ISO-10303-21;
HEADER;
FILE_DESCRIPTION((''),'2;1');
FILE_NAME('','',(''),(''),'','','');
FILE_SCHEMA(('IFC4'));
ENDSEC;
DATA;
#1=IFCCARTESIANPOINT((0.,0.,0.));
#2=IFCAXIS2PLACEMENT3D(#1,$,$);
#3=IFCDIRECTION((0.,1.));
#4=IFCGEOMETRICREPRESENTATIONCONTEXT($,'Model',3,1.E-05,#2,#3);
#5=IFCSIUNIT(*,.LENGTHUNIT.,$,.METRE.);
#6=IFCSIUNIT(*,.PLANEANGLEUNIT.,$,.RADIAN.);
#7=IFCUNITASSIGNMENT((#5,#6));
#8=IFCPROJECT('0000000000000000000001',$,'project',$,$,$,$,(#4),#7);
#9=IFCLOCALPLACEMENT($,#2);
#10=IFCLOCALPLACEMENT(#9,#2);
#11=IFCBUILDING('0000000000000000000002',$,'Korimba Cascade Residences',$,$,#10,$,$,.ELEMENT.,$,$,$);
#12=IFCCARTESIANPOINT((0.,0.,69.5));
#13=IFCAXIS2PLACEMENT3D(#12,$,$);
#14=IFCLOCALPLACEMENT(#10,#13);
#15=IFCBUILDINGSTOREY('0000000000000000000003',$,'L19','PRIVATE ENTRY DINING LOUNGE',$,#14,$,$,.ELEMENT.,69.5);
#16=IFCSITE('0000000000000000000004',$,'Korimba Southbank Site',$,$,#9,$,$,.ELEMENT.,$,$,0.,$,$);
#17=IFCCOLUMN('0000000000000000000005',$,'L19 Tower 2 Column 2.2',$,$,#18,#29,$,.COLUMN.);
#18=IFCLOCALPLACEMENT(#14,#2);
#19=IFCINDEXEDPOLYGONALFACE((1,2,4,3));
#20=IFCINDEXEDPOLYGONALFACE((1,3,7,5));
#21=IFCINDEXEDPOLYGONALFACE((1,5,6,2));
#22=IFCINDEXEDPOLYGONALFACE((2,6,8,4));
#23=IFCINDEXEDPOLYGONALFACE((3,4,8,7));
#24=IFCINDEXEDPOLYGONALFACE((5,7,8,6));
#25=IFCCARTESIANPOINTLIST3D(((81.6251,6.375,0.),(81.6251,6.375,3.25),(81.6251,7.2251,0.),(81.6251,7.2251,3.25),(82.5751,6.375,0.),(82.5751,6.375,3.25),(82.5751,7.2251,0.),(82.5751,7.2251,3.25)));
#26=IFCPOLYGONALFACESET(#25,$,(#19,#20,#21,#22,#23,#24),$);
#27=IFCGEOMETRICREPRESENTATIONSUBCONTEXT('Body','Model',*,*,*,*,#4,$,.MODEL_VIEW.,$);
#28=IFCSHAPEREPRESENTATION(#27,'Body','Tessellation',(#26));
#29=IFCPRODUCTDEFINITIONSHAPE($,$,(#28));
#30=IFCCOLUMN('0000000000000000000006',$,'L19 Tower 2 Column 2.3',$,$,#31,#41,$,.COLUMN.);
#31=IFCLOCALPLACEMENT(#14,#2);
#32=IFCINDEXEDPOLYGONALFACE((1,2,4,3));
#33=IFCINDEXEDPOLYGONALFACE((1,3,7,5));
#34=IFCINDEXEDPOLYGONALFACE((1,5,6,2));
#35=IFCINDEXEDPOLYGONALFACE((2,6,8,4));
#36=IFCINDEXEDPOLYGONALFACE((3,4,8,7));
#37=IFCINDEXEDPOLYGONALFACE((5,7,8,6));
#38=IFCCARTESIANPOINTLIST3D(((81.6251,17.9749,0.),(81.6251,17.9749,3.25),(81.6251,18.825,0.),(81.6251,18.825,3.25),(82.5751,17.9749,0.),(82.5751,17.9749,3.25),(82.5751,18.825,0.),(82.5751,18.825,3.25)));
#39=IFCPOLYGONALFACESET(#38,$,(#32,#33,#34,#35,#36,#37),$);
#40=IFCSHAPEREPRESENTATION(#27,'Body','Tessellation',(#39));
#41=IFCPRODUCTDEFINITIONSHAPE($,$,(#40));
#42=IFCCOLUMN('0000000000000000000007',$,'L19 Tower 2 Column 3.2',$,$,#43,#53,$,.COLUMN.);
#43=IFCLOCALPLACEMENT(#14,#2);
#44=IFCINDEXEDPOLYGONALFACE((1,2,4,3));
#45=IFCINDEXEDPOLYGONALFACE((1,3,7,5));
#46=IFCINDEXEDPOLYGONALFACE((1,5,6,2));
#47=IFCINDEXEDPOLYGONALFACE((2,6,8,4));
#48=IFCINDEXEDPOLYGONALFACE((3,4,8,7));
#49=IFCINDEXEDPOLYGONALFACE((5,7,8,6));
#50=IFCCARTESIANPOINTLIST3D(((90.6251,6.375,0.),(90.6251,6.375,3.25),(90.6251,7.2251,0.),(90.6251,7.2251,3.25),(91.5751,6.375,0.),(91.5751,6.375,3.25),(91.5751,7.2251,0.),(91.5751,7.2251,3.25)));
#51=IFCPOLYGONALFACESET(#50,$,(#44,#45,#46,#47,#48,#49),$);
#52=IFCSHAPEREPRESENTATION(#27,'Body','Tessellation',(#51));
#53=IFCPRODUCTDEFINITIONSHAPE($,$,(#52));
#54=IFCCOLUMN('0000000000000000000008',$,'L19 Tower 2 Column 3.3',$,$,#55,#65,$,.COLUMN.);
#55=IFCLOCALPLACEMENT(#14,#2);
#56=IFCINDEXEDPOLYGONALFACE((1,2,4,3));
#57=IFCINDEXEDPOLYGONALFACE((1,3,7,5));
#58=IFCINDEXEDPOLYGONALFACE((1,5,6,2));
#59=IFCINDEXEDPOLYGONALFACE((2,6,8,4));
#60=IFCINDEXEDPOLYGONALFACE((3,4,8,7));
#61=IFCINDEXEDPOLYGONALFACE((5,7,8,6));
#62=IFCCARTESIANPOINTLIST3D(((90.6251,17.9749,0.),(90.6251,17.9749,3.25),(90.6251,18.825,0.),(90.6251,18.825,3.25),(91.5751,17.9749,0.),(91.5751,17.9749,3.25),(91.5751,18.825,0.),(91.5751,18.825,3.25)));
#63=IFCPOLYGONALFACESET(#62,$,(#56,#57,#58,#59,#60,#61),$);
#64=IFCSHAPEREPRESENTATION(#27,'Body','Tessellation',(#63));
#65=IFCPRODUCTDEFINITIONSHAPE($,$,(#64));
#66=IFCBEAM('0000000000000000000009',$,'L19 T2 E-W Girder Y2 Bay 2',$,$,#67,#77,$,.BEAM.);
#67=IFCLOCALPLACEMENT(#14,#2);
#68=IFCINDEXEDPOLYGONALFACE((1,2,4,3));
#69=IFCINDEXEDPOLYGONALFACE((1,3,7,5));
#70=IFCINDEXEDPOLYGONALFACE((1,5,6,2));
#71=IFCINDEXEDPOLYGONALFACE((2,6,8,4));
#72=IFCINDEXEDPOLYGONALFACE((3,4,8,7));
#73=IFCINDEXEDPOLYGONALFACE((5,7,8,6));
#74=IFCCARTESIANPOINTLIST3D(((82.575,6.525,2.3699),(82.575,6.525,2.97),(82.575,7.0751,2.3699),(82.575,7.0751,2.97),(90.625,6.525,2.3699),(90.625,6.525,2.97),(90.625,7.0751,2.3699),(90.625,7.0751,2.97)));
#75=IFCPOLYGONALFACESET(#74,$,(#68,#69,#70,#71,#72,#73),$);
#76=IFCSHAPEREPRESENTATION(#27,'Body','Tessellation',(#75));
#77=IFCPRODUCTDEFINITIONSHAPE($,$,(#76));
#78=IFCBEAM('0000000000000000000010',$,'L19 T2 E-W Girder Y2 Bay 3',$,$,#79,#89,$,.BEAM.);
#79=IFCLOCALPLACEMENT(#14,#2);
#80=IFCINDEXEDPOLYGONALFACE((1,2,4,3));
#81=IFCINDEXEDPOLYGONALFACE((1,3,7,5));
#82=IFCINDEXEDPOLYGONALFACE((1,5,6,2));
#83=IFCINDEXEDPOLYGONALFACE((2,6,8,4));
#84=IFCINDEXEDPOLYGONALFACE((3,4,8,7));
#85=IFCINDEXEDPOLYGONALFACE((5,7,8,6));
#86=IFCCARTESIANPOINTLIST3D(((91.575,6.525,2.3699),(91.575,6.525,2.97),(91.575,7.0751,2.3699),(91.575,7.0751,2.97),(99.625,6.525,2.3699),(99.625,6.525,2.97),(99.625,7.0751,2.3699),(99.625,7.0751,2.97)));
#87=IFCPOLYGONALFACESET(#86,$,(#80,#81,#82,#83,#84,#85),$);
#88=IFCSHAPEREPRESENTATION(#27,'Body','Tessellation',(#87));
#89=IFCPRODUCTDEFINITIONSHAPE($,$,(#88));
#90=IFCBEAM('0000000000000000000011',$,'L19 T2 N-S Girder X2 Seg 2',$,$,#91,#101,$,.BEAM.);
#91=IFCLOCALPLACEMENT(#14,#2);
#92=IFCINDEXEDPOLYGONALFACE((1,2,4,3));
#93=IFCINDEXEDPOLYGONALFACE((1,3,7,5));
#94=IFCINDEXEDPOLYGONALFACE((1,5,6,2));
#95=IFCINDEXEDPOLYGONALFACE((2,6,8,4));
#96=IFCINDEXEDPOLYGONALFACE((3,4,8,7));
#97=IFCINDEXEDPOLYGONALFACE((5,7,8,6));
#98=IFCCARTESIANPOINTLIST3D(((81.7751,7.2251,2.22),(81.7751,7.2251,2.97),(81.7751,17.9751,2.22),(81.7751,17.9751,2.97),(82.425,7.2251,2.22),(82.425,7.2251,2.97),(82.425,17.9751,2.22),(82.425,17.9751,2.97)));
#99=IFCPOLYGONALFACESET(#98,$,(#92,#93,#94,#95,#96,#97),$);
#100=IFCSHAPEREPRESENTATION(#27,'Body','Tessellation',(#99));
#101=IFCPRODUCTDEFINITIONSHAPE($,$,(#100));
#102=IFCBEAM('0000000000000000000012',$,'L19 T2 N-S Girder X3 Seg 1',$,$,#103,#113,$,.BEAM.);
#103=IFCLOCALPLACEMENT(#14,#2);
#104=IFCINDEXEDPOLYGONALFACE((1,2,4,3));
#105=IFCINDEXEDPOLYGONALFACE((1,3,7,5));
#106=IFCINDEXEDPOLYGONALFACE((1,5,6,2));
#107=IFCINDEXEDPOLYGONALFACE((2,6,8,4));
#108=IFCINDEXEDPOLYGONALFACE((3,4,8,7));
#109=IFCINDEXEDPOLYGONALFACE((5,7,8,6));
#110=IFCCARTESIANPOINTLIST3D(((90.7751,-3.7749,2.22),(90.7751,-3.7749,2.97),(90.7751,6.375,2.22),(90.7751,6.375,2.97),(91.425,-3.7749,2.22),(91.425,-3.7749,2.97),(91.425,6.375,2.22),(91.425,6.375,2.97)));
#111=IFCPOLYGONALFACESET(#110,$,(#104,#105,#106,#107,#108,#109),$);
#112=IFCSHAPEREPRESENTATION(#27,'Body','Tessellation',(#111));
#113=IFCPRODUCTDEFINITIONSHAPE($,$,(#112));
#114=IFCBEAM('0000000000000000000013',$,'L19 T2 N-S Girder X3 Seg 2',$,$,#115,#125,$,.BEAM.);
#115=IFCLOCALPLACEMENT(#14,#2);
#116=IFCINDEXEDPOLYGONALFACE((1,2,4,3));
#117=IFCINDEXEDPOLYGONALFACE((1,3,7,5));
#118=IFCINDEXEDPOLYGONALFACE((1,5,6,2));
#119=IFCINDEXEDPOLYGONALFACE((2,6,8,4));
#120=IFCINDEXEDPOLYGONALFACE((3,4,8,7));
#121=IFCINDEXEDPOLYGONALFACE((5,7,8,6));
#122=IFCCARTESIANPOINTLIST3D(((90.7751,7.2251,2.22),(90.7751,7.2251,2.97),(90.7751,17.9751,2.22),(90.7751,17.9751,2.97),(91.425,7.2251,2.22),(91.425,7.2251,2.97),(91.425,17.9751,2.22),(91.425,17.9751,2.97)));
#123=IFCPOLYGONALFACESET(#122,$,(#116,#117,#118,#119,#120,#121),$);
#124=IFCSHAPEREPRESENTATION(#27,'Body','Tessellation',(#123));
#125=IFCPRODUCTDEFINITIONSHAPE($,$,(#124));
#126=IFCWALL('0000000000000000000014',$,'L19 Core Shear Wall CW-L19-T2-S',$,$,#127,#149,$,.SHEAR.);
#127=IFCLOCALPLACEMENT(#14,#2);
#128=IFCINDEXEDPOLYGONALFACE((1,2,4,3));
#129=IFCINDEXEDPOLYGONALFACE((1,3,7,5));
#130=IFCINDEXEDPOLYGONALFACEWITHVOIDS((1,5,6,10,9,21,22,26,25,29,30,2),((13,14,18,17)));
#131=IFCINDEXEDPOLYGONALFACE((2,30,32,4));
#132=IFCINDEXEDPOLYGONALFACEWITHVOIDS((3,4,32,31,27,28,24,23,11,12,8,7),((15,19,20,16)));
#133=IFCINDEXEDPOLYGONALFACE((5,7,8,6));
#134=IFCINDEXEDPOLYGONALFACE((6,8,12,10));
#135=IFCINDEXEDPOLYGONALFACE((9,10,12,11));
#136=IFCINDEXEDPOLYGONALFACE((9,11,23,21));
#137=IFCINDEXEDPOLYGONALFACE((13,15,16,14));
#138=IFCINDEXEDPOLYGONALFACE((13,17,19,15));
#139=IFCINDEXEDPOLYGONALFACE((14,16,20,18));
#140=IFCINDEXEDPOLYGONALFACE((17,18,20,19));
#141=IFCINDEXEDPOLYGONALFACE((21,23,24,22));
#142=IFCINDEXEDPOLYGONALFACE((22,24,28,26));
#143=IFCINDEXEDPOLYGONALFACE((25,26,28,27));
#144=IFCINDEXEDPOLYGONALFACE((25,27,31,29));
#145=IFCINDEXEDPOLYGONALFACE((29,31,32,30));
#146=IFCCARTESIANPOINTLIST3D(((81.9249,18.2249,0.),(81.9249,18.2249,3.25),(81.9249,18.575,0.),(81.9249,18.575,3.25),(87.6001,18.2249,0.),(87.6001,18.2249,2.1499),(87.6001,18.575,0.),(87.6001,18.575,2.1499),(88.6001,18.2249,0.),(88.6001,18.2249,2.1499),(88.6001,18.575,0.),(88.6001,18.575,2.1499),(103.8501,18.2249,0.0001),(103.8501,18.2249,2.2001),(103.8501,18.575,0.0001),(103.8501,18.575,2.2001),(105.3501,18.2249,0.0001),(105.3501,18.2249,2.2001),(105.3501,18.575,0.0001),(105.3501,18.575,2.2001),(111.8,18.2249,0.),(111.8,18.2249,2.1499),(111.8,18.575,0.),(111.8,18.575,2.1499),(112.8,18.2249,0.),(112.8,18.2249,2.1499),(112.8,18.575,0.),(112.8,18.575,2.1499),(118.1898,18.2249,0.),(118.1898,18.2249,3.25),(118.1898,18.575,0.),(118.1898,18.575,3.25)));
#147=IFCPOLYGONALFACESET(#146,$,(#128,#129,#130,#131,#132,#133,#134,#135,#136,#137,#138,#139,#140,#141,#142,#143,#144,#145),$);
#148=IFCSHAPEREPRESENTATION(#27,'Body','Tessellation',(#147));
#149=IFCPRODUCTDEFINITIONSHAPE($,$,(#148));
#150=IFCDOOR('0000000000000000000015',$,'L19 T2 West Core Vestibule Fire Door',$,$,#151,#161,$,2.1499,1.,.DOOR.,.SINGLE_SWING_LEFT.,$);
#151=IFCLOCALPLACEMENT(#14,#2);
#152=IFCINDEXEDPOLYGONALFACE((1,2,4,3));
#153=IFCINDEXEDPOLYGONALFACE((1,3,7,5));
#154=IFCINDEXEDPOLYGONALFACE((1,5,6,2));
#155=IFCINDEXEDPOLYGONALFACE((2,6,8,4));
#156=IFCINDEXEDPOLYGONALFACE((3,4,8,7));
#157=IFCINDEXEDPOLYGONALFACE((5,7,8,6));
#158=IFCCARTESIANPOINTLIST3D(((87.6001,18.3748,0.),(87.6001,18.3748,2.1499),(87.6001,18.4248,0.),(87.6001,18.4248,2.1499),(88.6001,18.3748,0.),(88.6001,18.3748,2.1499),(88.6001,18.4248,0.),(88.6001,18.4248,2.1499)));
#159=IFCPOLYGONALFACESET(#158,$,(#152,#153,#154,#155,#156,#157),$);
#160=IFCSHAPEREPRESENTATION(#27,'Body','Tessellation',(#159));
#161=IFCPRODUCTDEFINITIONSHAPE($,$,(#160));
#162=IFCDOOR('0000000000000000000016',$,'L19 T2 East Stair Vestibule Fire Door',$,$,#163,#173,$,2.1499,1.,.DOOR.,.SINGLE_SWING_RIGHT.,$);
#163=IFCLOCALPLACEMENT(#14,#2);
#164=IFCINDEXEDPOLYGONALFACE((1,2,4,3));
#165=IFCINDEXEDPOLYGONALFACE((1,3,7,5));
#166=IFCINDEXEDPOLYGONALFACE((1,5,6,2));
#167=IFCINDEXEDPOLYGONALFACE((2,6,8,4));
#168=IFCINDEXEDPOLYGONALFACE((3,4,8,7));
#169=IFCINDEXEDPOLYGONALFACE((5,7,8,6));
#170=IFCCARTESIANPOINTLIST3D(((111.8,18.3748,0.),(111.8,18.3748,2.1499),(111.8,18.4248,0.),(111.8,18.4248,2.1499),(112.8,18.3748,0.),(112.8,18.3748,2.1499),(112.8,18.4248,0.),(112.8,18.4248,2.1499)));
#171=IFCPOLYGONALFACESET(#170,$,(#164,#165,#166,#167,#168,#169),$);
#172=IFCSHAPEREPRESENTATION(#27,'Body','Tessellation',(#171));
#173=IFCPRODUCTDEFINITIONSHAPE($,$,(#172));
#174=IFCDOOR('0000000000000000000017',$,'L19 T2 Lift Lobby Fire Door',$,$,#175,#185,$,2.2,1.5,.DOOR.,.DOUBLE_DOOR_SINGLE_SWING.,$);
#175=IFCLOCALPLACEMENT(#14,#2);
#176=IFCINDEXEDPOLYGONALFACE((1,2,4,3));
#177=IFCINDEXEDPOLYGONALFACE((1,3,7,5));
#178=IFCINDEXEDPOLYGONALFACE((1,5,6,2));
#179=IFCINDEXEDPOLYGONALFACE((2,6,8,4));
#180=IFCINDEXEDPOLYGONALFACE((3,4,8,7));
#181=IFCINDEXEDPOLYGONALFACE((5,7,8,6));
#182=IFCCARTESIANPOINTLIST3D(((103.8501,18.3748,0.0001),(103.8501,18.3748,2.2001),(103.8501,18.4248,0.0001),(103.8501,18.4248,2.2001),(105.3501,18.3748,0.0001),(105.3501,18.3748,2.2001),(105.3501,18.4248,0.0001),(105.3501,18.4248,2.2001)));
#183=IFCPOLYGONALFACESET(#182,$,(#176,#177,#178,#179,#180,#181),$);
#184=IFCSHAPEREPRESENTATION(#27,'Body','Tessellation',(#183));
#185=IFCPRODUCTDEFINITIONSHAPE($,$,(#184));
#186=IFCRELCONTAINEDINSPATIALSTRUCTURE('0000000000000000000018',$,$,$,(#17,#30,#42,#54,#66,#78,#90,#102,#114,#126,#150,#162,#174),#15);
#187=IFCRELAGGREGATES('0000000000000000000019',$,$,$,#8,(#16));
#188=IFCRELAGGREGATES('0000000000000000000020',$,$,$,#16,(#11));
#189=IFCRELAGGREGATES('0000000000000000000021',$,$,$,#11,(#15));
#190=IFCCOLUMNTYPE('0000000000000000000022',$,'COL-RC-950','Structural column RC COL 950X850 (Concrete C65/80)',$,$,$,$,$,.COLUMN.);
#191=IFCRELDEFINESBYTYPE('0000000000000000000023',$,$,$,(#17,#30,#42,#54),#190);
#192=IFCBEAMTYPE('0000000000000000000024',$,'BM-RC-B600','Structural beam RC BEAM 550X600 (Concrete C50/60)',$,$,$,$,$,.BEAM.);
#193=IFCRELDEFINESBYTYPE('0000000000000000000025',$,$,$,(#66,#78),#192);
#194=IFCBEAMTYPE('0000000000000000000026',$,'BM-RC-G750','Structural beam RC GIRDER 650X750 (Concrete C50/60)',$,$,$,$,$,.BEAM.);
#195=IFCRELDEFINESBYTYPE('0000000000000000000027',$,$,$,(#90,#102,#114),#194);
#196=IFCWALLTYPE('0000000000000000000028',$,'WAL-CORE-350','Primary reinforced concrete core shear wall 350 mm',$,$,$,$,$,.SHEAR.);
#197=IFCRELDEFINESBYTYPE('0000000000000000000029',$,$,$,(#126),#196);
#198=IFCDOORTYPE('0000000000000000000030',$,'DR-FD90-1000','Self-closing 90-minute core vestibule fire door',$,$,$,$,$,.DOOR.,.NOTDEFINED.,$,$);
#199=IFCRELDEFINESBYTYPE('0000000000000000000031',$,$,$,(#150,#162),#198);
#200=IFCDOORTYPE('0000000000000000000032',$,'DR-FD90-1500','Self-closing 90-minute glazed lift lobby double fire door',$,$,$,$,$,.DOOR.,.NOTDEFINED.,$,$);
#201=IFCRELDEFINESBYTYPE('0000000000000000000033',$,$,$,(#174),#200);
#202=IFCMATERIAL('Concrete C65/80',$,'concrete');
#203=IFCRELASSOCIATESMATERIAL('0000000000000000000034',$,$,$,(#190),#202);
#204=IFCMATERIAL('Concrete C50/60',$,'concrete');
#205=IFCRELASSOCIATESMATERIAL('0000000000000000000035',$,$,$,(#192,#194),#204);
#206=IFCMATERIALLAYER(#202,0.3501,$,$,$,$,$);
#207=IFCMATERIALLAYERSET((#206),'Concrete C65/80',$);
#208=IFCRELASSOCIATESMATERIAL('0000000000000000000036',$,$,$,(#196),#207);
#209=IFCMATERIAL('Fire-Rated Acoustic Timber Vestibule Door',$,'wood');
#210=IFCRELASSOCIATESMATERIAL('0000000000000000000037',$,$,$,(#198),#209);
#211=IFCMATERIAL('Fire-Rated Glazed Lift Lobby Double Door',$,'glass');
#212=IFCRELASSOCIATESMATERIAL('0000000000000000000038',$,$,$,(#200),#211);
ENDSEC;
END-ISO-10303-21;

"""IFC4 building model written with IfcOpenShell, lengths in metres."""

from ifc_helpers import new_model, si_unit, direction, frame, frame_2d, origin, origin_2d, place, context, subcontext, project, spatial, rectangle, extrude, material, layer, layer_set, material_profile, profile_set, type_object, element, fill, save


model = new_model("IFC4")

# Units and contexts
model_context = context("Model", 3, precision=1e-05, world=origin(), true_north=direction((0.0, 1.0)))
body_context = subcontext(model_context, "Body", "Model", "MODEL_VIEW")
ifc_project = project(units=[si_unit("LENGTHUNIT", "METRE"), si_unit("PLANEANGLEUNIT", "RADIAN")], contexts=[model_context])

# Site, building, storey
site_placement = place(None, origin())
site = spatial("IfcSite", under=ifc_project, at=site_placement, Name="Korimba Southbank Site", CompositionType="ELEMENT", RefElevation=0.0)
building_placement = place(site_placement, origin())
building = spatial("IfcBuilding", under=site, at=building_placement, Name="Korimba Cascade Residences", CompositionType="ELEMENT")
storey_placement = place(building_placement, frame((0.0, 0.0, 69.5)))
storey = spatial("IfcBuildingStorey", under=building, at=storey_placement, Name="L19", Description="PRIVATE ENTRY DINING LOUNGE", CompositionType="ELEMENT", Elevation=69.5)

# Columns
ifc_material_1 = material(Name="Concrete C65/80", Category="concrete")
ifc_material_profile_1 = material_profile(ifc_material_1, rectangle(XDim=0.95, YDim=0.8501, at=origin_2d()), Name="Concrete C65/80")
ifc_profile_set_1 = profile_set([ifc_material_profile_1], Name="Concrete C65/80")
column_type = type_object("IfcColumnType", Name="COL-RC-950", Description="Structural column RC COL 950X850 (Concrete C65/80)", PredefinedType="COLUMN", material=ifc_profile_set_1)
for number, where, z_axis, x_axis, name in (
    (1, (82.1001, 6.8, 0.0), (0.0, 0.0, 1.0), (1.0, 0.0, 0.0), "L19 Tower 2 Column 2.2"),
    (2, (82.1001, 18.3999, 0.0), (0.0, 0.0, 1.0), (1.0, 0.0, 0.0), "L19 Tower 2 Column 2.3"),
    (3, (91.1001, 6.8, 0.0), (0.0, 0.0, 1.0), (1.0, 0.0, 0.0), "L19 Tower 2 Column 3.2"),
    (4, (91.1001, 18.3999, 0.0), (0.0, 0.0, 1.0), (1.0, 0.0, 0.0), "L19 Tower 2 Column 3.3"),
):
    element("IfcColumn", number, at=place(storey_placement, frame(where, z_axis=z_axis, x_axis=x_axis)), inside=storey, type_object=column_type, Name=name, PredefinedType="COLUMN", context=body_context, shape_type="SweptSolid", body=[
        extrude(rectangle(XDim=0.95, YDim=0.8501, at=origin_2d()), origin(), (0.0, 0.0, 1.0), 3.25),
    ])

# Beams
ifc_material_2 = material(Name="Concrete C50/60", Category="concrete")
ifc_material_profile_2 = material_profile(ifc_material_2, rectangle(XDim=0.55, YDim=0.6001, at=origin_2d()), Name="Concrete C50/60")
ifc_profile_set_2 = profile_set([ifc_material_profile_2], Name="Concrete C50/60")
beam_type_1 = type_object("IfcBeamType", Name="BM-RC-B600", Description="Structural beam RC BEAM 550X600 (Concrete C50/60)", PredefinedType="BEAM", material=ifc_profile_set_2)
for number, where, z_axis, x_axis, name in (
    (5, (82.575, 6.8, 2.6699), (1.0, 0.0, 0.0), (0.0, 1.0, 0.0), "L19 T2 E-W Girder Y2 Bay 2"),
    (6, (91.575, 6.8, 2.6699), (1.0, 0.0, 0.0), (0.0, 1.0, 0.0), "L19 T2 E-W Girder Y2 Bay 3"),
):
    element("IfcBeam", number, at=place(storey_placement, frame(where, z_axis=z_axis, x_axis=x_axis)), inside=storey, type_object=beam_type_1, Name=name, PredefinedType="BEAM", context=body_context, shape_type="SweptSolid", body=[
        extrude(rectangle(XDim=0.55, YDim=0.6001, at=origin_2d()), origin(), (0.0, 0.0, 1.0), 8.05),
    ])
ifc_material_profile_3 = material_profile(ifc_material_2, rectangle(XDim=0.6499, YDim=0.75, at=origin_2d()), Name="Concrete C50/60")
ifc_profile_set_3 = profile_set([ifc_material_profile_3], Name="Concrete C50/60")
beam_type_2 = type_object("IfcBeamType", Name="BM-RC-G750", Description="Structural beam RC GIRDER 650X750 (Concrete C50/60)", PredefinedType="BEAM", material=ifc_profile_set_3)
beam_1_placement = place(storey_placement, frame((82.1001, 7.2251, 2.595), z_axis=(0.0, 1.0, 0.0), x_axis=(-1.0, 0.0, 0.0)))
element("IfcBeam", 7, at=beam_1_placement, inside=storey, type_object=beam_type_2, Name="L19 T2 N-S Girder X2 Seg 2", PredefinedType="BEAM", context=body_context, shape_type="SweptSolid", body=[
    extrude(rectangle(XDim=0.6499, YDim=0.75, at=origin_2d()), origin(), (0.0, 0.0, 1.0), 10.75),
])
beam_2_placement = place(storey_placement, frame((91.1001, -3.7749, 2.595), z_axis=(0.0, 1.0, 0.0), x_axis=(-1.0, 0.0, 0.0)))
element("IfcBeam", 8, at=beam_2_placement, inside=storey, type_object=beam_type_2, Name="L19 T2 N-S Girder X3 Seg 1", PredefinedType="BEAM", context=body_context, shape_type="SweptSolid", body=[
    extrude(rectangle(XDim=0.6499, YDim=0.75, at=origin_2d()), origin(), (0.0, 0.0, 1.0), 10.1499),
])
beam_3_placement = place(storey_placement, frame((91.1001, 7.2251, 2.595), z_axis=(0.0, 1.0, 0.0), x_axis=(-1.0, 0.0, 0.0)))
element("IfcBeam", 9, at=beam_3_placement, inside=storey, type_object=beam_type_2, Name="L19 T2 N-S Girder X3 Seg 2", PredefinedType="BEAM", context=body_context, shape_type="SweptSolid", body=[
    extrude(rectangle(XDim=0.6499, YDim=0.75, at=origin_2d()), origin(), (0.0, 0.0, 1.0), 10.75),
])

# Wall, openings, doors
ifc_layer_1 = layer(ifc_material_1, 0.3501)
ifc_layer_set_1 = layer_set([ifc_layer_1], Name="Concrete C65/80")
wall_type_1 = type_object("IfcWallType", Name="WAL-CORE-350", Description="Primary reinforced concrete core shear wall 350 mm", PredefinedType="SHEAR", material=ifc_layer_set_1)
wall_1_placement = place(storey_placement, frame((81.925, 18.3999, 0.0), z_axis=(0.0, 0.0, 1.0), x_axis=(1.0, 0.0, 0.0)))
wall_1 = element("IfcWall", 10, at=wall_1_placement, inside=storey, type_object=wall_type_1, Name="L19 Core Shear Wall CW-L19-T2-S", PredefinedType="SHEAR", context=body_context, shape_type="SweptSolid", body=[
    extrude(rectangle(XDim=36.2649, YDim=0.3501, at=frame_2d((18.1323, 0.0))), origin(), (0.0, 0.0, 1.0), 3.25),
])
opening_1_placement = place(wall_1_placement, frame((5.675, 0.0, 0.0)))
opening_1 = element("IfcOpeningElement", 11, at=opening_1_placement, cuts=wall_1, PredefinedType="OPENING", context=body_context, shape_type="SweptSolid", body=[
    extrude(rectangle(XDim=1.0, YDim=2.1499, at=frame_2d((0.5, 1.075))), frame((0.0, 0.1851, 0.0), z_axis=(0.0, -1.0, 0.0), x_axis=(1.0, 0.0, 0.0)), (0.0, 0.0, 1.0), 0.3701),
])
opening_2_placement = place(wall_1_placement, frame((21.925, 0.0, 0.0)))
opening_2 = element("IfcOpeningElement", 12, at=opening_2_placement, cuts=wall_1, PredefinedType="OPENING", context=body_context, shape_type="SweptSolid", body=[
    extrude(rectangle(XDim=1.5, YDim=2.2, at=frame_2d((0.75, 1.1001))), frame((0.0, 0.1851, 0.0), z_axis=(0.0, -1.0, 0.0), x_axis=(1.0, 0.0, 0.0)), (0.0, 0.0, 1.0), 0.3701),
])
opening_3_placement = place(wall_1_placement, frame((29.875, 0.0, 0.0)))
opening_3 = element("IfcOpeningElement", 13, at=opening_3_placement, cuts=wall_1, PredefinedType="OPENING", context=body_context, shape_type="SweptSolid", body=[
    extrude(rectangle(XDim=1.0, YDim=2.1499, at=frame_2d((0.5, 1.075))), frame((0.0, 0.1851, 0.0), z_axis=(0.0, -1.0, 0.0), x_axis=(1.0, 0.0, 0.0)), (0.0, 0.0, 1.0), 0.3701),
])
ifc_material_3 = material(Name="Fire-Rated Acoustic Timber Vestibule Door", Category="wood")
door_type_1 = type_object("IfcDoorType", Name="DR-FD90-1000", Description="Self-closing 90-minute core vestibule fire door", OperationType="NOTDEFINED", PredefinedType="DOOR", material=ifc_material_3)
door_1_placement = place(opening_1_placement, origin())
door_1 = element("IfcDoor", 14, at=door_1_placement, inside=storey, type_object=door_type_1, Name="L19 T2 West Core Vestibule Fire Door", OperationType="SINGLE_SWING_LEFT", OverallHeight=2.1499, OverallWidth=1.0, PredefinedType="DOOR", context=body_context, shape_type="SweptSolid", body=[
    extrude(rectangle(XDim=1.0, YDim=2.1499, at=frame_2d((0.5, 1.075))), frame((0.0, 0.0249, 0.0), z_axis=(0.0, -1.0, 0.0), x_axis=(1.0, 0.0, 0.0)), (0.0, 0.0, 1.0), 0.05),
])
fill(opening_1, door_1)
door_2_placement = place(opening_3_placement, origin())
door_2 = element("IfcDoor", 15, at=door_2_placement, inside=storey, type_object=door_type_1, Name="L19 T2 East Stair Vestibule Fire Door", OperationType="SINGLE_SWING_RIGHT", OverallHeight=2.1499, OverallWidth=1.0, PredefinedType="DOOR", context=body_context, shape_type="SweptSolid", body=[
    extrude(rectangle(XDim=1.0, YDim=2.1499, at=frame_2d((0.5, 1.075))), frame((0.0, 0.0249, 0.0), z_axis=(0.0, -1.0, 0.0), x_axis=(1.0, 0.0, 0.0)), (0.0, 0.0, 1.0), 0.05),
])
fill(opening_3, door_2)
ifc_material_4 = material(Name="Fire-Rated Glazed Lift Lobby Double Door", Category="glass")
door_type_2 = type_object("IfcDoorType", Name="DR-FD90-1500", Description="Self-closing 90-minute glazed lift lobby double fire door", OperationType="NOTDEFINED", PredefinedType="DOOR", material=ifc_material_4)
door_3_placement = place(opening_2_placement, origin())
door_3 = element("IfcDoor", 16, at=door_3_placement, inside=storey, type_object=door_type_2, Name="L19 T2 Lift Lobby Fire Door", OperationType="DOUBLE_DOOR_SINGLE_SWING", OverallHeight=2.2, OverallWidth=1.5, PredefinedType="DOOR", context=body_context, shape_type="SweptSolid", body=[
    extrude(rectangle(XDim=1.5, YDim=2.2, at=frame_2d((0.75, 1.1001))), frame((0.0, 0.0249, 0.0), z_axis=(0.0, -1.0, 0.0), x_axis=(1.0, 0.0, 0.0)), (0.0, 0.0, 1.0), 0.05),
])
fill(opening_2, door_3)

save(model, "model.ifc")
